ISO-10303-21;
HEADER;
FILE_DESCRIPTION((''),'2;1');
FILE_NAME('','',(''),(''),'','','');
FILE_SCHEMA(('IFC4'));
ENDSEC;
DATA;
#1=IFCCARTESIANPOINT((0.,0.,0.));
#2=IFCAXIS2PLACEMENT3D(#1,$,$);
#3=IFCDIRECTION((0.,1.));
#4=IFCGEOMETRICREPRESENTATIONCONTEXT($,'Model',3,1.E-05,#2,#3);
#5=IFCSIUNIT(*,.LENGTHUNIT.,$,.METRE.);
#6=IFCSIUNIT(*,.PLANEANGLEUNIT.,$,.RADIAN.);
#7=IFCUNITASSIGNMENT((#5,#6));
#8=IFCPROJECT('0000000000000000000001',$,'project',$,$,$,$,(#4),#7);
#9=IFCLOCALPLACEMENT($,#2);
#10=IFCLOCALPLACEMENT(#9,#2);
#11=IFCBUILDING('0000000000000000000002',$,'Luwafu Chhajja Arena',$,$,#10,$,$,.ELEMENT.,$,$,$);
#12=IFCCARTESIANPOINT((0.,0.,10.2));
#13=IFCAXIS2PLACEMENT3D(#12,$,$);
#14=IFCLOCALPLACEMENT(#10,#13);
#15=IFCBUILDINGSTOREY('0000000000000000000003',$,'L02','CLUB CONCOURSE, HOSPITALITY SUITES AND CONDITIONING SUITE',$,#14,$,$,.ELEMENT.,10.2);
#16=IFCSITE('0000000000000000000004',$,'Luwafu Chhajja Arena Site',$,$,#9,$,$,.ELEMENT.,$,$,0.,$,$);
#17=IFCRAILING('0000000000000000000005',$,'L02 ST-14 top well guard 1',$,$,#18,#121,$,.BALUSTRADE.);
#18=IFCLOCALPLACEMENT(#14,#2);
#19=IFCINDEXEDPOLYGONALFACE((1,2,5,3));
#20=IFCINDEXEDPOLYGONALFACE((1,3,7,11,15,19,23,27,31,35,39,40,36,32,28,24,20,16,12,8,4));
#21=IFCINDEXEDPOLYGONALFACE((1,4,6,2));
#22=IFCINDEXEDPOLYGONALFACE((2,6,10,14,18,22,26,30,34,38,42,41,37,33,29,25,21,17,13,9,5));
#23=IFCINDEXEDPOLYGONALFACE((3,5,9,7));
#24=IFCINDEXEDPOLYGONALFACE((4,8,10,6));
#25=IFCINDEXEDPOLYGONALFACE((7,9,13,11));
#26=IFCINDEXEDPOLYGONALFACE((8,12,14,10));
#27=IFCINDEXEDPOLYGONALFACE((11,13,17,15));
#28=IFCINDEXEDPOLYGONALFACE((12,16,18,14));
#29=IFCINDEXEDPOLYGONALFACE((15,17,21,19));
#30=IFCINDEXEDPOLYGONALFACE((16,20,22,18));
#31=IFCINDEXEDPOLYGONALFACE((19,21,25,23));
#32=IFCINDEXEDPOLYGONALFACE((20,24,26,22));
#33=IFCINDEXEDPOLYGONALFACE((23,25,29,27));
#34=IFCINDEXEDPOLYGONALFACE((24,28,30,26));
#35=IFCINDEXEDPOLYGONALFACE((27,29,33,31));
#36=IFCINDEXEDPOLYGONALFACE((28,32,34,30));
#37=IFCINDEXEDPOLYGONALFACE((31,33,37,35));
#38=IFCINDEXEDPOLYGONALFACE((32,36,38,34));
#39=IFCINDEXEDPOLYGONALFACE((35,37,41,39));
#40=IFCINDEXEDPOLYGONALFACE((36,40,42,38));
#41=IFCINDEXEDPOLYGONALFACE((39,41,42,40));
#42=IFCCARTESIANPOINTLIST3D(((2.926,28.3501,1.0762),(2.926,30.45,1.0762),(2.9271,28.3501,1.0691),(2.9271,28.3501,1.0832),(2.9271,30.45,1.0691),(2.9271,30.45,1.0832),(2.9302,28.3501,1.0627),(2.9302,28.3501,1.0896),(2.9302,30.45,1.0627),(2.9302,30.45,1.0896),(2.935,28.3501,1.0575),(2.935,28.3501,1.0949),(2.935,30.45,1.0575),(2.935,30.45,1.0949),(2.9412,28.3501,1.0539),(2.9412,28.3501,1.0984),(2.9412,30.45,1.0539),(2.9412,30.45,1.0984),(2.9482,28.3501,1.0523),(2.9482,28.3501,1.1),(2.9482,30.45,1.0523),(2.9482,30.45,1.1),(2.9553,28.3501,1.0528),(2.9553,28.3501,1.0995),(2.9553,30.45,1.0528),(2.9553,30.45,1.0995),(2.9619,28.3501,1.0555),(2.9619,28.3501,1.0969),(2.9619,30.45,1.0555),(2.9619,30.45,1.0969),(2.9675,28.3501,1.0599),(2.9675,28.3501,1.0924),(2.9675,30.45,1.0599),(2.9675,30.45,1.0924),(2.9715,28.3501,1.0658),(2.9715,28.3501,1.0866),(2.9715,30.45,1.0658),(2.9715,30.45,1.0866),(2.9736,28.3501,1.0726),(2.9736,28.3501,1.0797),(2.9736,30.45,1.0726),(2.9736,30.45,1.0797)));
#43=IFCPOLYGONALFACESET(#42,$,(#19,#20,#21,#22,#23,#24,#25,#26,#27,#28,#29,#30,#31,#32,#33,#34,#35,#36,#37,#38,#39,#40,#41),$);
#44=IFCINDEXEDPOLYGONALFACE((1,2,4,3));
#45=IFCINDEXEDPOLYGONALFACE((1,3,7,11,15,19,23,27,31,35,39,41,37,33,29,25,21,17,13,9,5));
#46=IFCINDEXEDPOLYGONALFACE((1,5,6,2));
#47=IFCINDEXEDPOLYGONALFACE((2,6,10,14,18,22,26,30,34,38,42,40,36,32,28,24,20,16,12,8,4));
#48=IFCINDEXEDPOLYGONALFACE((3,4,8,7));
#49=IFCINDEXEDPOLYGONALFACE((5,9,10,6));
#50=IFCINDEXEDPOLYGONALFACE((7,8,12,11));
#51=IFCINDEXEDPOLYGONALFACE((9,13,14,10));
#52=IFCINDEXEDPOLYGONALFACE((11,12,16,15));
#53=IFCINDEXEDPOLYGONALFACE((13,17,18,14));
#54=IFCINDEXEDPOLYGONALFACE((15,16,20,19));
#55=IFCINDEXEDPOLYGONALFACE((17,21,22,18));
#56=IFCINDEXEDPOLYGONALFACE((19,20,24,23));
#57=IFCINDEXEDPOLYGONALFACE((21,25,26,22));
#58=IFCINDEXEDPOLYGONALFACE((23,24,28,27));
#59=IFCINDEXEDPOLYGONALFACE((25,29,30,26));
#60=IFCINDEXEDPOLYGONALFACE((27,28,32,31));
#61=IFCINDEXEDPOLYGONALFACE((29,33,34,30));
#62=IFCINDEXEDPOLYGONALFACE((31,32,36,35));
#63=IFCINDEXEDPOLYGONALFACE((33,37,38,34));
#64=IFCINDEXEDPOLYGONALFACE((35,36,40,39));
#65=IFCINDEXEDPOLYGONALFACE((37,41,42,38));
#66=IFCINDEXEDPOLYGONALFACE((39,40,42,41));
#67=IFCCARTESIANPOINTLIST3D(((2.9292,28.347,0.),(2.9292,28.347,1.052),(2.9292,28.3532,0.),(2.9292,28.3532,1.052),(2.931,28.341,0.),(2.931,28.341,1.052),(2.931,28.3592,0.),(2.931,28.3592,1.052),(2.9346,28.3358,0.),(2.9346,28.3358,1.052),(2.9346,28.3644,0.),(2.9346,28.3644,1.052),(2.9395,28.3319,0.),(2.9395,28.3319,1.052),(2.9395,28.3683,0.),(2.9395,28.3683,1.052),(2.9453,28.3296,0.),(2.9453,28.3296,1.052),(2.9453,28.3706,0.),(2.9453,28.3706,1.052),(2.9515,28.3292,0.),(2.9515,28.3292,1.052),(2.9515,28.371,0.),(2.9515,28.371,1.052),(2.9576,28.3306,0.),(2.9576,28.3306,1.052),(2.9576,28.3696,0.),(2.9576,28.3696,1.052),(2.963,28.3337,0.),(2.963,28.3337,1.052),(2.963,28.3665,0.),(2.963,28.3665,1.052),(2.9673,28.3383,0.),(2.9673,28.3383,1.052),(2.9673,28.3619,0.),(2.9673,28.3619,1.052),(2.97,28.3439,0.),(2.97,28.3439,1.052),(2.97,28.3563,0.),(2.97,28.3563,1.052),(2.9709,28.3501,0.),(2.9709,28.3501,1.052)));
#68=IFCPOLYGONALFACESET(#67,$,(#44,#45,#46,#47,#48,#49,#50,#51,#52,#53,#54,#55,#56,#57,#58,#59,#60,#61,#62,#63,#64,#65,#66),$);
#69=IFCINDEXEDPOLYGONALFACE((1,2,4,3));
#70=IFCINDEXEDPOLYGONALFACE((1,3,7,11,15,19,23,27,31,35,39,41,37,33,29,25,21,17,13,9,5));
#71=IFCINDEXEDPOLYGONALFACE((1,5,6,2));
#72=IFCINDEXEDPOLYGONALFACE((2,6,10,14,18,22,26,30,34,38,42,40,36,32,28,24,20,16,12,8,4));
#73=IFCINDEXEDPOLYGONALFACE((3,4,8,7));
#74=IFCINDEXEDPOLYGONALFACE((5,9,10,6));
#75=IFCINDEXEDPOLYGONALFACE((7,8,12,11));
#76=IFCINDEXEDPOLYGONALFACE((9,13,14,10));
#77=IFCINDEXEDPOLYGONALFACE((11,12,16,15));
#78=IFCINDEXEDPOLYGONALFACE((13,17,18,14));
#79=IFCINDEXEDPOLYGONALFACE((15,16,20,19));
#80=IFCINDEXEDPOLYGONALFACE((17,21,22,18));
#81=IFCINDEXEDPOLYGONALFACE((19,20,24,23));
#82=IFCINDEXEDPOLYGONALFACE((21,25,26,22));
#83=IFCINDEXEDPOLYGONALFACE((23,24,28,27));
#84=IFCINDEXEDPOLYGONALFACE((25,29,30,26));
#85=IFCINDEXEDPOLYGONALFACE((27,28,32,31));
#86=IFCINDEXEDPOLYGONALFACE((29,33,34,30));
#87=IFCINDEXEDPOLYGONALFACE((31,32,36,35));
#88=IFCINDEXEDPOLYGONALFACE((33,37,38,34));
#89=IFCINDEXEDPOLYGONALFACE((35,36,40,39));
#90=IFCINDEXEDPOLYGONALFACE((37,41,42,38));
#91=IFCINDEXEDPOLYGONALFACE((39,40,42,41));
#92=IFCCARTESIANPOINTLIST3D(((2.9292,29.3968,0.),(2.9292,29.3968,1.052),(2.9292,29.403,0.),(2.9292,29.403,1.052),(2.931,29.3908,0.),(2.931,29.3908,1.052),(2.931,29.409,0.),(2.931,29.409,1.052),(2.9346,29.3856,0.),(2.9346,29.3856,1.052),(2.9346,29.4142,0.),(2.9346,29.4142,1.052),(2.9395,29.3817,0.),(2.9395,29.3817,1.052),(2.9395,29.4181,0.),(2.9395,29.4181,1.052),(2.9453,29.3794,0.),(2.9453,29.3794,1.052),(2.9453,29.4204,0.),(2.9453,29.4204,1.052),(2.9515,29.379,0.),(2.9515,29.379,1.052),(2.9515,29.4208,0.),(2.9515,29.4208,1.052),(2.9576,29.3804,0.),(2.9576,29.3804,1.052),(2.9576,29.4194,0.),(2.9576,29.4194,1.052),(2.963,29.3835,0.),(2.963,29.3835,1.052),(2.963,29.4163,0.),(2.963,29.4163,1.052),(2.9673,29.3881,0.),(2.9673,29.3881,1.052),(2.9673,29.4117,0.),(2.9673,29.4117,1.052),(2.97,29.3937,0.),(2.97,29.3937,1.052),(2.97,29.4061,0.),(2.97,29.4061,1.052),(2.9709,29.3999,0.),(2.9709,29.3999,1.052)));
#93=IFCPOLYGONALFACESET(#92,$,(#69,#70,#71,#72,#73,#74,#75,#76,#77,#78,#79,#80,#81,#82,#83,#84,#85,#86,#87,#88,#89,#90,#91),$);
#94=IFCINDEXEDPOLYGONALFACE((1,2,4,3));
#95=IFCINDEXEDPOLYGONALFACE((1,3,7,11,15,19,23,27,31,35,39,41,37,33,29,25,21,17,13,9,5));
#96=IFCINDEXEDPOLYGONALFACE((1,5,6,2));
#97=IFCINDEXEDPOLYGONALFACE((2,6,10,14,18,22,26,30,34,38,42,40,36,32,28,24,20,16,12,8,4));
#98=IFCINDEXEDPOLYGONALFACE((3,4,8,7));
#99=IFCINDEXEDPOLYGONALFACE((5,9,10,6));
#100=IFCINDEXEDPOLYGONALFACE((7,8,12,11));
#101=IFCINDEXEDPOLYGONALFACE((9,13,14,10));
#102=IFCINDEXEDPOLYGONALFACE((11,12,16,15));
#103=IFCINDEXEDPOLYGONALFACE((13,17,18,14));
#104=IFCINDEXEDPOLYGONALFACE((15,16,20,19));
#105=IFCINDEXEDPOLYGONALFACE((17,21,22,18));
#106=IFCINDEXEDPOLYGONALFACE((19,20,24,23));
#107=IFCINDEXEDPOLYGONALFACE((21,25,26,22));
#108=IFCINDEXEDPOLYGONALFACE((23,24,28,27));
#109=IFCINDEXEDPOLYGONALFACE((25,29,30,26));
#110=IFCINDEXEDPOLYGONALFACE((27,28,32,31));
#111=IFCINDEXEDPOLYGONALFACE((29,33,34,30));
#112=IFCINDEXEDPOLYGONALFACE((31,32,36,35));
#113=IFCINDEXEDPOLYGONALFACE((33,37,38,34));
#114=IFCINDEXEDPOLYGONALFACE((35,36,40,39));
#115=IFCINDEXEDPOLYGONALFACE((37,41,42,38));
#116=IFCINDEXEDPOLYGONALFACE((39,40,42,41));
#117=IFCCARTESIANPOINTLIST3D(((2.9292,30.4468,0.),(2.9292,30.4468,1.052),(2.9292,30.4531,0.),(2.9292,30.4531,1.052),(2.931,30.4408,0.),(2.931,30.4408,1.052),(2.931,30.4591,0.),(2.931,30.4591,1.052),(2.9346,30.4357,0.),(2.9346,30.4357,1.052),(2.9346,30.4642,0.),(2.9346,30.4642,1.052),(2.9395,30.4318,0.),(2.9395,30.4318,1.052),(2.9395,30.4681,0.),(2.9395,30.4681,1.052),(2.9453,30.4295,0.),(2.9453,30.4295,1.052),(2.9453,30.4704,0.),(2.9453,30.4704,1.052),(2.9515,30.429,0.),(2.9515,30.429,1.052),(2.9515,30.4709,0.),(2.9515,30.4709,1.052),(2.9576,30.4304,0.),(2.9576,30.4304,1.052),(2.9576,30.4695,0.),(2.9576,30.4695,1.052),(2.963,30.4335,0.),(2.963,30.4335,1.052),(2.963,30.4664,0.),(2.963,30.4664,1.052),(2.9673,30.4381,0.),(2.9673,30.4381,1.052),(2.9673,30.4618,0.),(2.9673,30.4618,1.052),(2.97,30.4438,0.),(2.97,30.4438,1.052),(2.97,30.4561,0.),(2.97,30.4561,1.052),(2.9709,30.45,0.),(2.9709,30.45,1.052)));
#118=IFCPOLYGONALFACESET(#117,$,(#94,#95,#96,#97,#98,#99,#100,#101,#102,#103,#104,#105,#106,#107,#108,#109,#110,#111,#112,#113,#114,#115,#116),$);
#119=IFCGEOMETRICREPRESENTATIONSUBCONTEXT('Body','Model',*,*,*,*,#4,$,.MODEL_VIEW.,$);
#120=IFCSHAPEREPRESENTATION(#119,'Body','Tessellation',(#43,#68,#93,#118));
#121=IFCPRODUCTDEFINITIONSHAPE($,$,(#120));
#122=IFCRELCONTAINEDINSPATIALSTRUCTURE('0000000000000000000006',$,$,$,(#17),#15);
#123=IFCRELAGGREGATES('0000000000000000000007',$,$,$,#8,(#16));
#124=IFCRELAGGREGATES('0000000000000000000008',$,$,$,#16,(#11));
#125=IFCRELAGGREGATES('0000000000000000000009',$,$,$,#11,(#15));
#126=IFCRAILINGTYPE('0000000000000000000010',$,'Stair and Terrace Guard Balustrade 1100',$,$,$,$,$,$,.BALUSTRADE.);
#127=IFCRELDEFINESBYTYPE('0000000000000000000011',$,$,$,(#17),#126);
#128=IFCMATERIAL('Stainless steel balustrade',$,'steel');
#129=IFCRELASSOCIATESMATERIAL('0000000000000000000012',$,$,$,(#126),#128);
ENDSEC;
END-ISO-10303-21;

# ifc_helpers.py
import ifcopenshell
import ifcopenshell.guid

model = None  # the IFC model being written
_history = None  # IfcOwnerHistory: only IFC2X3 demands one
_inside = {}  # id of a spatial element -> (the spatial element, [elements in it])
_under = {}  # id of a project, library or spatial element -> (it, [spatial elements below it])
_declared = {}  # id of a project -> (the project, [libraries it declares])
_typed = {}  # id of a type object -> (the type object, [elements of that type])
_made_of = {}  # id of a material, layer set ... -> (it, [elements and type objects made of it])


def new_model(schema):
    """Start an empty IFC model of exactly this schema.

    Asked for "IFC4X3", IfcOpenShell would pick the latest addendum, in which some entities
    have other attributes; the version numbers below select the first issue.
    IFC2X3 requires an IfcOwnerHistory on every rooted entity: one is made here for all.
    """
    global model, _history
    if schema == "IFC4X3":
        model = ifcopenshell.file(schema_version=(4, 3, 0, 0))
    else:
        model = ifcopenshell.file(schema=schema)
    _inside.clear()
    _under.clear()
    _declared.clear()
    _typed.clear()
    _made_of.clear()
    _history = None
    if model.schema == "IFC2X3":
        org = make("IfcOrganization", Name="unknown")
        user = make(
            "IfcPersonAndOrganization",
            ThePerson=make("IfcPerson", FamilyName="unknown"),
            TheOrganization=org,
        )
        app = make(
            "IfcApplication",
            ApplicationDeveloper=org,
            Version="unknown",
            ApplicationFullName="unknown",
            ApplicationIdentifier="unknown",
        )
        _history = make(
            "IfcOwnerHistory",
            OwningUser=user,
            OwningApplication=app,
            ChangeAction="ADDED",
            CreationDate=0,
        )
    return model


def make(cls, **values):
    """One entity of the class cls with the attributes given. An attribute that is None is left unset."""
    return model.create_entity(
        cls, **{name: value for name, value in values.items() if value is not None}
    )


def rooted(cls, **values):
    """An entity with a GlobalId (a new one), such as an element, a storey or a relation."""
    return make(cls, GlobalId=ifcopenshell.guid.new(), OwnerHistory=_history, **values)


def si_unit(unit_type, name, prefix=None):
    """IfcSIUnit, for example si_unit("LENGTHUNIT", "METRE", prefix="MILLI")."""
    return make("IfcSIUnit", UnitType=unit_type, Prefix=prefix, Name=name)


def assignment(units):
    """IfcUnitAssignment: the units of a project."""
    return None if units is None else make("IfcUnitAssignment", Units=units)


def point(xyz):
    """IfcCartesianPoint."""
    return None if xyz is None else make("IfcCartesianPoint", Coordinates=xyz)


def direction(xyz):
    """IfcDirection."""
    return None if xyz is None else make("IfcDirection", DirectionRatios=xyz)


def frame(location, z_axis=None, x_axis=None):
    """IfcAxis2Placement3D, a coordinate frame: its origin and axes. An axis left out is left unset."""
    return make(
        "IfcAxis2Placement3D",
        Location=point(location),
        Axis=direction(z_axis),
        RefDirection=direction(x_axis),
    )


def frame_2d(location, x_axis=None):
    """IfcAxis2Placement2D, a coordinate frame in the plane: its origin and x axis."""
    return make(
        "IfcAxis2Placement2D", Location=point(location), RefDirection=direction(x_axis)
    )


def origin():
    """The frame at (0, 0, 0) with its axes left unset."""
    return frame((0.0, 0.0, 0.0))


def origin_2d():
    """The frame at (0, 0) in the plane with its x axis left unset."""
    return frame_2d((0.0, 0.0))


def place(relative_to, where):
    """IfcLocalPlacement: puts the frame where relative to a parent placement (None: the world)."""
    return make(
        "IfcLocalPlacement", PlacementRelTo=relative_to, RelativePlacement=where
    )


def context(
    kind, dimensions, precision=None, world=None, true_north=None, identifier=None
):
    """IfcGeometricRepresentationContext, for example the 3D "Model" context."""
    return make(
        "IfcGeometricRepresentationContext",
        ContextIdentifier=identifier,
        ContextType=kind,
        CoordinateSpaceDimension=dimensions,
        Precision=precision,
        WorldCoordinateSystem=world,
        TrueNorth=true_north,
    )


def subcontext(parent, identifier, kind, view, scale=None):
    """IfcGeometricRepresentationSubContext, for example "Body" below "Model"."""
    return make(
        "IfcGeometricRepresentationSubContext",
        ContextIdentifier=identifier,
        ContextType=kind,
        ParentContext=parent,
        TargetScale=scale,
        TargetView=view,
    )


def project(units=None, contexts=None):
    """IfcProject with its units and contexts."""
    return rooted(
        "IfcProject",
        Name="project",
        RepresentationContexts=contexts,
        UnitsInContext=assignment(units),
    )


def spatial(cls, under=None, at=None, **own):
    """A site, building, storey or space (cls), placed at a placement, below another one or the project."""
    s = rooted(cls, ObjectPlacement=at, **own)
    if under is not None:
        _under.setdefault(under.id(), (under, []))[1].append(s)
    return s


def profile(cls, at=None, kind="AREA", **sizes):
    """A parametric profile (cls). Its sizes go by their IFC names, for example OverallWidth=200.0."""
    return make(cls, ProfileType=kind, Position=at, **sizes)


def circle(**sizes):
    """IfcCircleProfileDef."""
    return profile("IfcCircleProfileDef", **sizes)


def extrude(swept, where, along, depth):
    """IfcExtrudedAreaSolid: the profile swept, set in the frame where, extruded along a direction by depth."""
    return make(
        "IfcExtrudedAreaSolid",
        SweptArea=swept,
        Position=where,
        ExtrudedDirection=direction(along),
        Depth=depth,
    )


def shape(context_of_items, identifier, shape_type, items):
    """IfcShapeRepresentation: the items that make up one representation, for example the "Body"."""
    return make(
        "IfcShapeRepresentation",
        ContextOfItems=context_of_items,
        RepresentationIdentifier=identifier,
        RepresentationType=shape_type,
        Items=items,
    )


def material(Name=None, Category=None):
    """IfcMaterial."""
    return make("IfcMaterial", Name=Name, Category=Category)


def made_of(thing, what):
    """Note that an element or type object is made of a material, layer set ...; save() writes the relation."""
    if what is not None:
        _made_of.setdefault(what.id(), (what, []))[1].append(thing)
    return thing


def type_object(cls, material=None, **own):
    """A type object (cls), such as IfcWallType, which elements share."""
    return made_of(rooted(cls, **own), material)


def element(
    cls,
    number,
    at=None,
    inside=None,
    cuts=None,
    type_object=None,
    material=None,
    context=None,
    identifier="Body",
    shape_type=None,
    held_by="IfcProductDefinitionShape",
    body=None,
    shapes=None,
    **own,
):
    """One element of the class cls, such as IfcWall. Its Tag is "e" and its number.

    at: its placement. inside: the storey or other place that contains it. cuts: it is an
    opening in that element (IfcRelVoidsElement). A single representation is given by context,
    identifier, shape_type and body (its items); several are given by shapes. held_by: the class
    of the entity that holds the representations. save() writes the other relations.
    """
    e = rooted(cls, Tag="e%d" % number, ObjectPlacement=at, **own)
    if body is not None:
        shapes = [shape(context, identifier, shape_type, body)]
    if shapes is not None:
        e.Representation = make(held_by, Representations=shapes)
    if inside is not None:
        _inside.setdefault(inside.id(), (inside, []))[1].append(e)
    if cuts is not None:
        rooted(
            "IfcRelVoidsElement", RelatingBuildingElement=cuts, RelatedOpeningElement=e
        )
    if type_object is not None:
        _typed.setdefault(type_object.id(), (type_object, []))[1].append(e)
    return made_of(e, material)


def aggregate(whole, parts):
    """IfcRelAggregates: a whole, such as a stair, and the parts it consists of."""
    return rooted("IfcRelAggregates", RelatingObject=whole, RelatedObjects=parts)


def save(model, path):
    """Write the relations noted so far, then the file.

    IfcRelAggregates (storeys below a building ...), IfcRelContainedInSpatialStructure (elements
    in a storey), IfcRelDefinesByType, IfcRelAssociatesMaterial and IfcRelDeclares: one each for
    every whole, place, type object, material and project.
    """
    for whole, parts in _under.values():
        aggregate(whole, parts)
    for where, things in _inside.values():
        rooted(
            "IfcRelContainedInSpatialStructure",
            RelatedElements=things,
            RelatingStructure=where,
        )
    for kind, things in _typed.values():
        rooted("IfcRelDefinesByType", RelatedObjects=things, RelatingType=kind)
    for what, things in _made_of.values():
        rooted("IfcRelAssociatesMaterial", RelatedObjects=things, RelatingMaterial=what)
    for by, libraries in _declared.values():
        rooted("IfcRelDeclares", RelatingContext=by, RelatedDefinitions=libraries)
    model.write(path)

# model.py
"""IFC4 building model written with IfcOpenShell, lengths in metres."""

from ifc_helpers import new_model, si_unit, direction, frame, origin, origin_2d, place, context, subcontext, project, spatial, circle, extrude, material, type_object, element, save


model = new_model("IFC4")

# Units and contexts
model_context = context("Model", 3, precision=1e-05, world=origin(), true_north=direction((0.0, 1.0)))
body_context = subcontext(model_context, "Body", "Model", "MODEL_VIEW")
ifc_project = project(units=[si_unit("LENGTHUNIT", "METRE"), si_unit("PLANEANGLEUNIT", "RADIAN")], contexts=[model_context])

# Site, building, storey
site_placement = place(None, origin())
site = spatial("IfcSite", under=ifc_project, at=site_placement, Name="Luwafu Chhajja Arena Site", CompositionType="ELEMENT", RefElevation=0.0)
building_placement = place(site_placement, origin())
building = spatial("IfcBuilding", under=site, at=building_placement, Name="Luwafu Chhajja Arena", CompositionType="ELEMENT")
storey_placement = place(building_placement, frame((0.0, 0.0, 10.2)))
storey = spatial("IfcBuildingStorey", under=building, at=storey_placement, Name="L02", Description="CLUB CONCOURSE, HOSPITALITY SUITES AND CONDITIONING SUITE", CompositionType="ELEMENT", Elevation=10.2)

# Railing
ifc_material_1 = material(Name="Stainless steel balustrade", Category="steel")
railing_type = type_object("IfcRailingType", Name="Stair and Terrace Guard Balustrade 1100", PredefinedType="BALUSTRADE", material=ifc_material_1)
railing_1_placement = place(storey_placement, frame((2.95, 28.3501, 0.0)))
element("IfcRailing", 1, at=railing_1_placement, inside=storey, type_object=railing_type, Name="L02 ST-14 top well guard 1", PredefinedType="BALUSTRADE", context=body_context, shape_type="SweptSolid", body=[
    extrude(circle(Radius=0.0239, at=origin_2d()), frame((0.0, 0.0, 1.0762), z_axis=(0.0, 1.0, 0.0), x_axis=(-1.0, 0.0, 0.0)), (0.0, 0.0, 1.0), 2.0999),
    extrude(circle(Radius=0.021, at=origin_2d()), origin(), (0.0, 0.0, 1.0), 1.052),
    extrude(circle(Radius=0.021, at=origin_2d()), frame((0.0, 1.0498, 0.0)), (0.0, 0.0, 1.0), 1.052),
    extrude(circle(Radius=0.021, at=origin_2d()), frame((0.0, 2.0999, 0.0)), (0.0, 0.0, 1.0), 1.052),
])

save(model, "model.ifc")
